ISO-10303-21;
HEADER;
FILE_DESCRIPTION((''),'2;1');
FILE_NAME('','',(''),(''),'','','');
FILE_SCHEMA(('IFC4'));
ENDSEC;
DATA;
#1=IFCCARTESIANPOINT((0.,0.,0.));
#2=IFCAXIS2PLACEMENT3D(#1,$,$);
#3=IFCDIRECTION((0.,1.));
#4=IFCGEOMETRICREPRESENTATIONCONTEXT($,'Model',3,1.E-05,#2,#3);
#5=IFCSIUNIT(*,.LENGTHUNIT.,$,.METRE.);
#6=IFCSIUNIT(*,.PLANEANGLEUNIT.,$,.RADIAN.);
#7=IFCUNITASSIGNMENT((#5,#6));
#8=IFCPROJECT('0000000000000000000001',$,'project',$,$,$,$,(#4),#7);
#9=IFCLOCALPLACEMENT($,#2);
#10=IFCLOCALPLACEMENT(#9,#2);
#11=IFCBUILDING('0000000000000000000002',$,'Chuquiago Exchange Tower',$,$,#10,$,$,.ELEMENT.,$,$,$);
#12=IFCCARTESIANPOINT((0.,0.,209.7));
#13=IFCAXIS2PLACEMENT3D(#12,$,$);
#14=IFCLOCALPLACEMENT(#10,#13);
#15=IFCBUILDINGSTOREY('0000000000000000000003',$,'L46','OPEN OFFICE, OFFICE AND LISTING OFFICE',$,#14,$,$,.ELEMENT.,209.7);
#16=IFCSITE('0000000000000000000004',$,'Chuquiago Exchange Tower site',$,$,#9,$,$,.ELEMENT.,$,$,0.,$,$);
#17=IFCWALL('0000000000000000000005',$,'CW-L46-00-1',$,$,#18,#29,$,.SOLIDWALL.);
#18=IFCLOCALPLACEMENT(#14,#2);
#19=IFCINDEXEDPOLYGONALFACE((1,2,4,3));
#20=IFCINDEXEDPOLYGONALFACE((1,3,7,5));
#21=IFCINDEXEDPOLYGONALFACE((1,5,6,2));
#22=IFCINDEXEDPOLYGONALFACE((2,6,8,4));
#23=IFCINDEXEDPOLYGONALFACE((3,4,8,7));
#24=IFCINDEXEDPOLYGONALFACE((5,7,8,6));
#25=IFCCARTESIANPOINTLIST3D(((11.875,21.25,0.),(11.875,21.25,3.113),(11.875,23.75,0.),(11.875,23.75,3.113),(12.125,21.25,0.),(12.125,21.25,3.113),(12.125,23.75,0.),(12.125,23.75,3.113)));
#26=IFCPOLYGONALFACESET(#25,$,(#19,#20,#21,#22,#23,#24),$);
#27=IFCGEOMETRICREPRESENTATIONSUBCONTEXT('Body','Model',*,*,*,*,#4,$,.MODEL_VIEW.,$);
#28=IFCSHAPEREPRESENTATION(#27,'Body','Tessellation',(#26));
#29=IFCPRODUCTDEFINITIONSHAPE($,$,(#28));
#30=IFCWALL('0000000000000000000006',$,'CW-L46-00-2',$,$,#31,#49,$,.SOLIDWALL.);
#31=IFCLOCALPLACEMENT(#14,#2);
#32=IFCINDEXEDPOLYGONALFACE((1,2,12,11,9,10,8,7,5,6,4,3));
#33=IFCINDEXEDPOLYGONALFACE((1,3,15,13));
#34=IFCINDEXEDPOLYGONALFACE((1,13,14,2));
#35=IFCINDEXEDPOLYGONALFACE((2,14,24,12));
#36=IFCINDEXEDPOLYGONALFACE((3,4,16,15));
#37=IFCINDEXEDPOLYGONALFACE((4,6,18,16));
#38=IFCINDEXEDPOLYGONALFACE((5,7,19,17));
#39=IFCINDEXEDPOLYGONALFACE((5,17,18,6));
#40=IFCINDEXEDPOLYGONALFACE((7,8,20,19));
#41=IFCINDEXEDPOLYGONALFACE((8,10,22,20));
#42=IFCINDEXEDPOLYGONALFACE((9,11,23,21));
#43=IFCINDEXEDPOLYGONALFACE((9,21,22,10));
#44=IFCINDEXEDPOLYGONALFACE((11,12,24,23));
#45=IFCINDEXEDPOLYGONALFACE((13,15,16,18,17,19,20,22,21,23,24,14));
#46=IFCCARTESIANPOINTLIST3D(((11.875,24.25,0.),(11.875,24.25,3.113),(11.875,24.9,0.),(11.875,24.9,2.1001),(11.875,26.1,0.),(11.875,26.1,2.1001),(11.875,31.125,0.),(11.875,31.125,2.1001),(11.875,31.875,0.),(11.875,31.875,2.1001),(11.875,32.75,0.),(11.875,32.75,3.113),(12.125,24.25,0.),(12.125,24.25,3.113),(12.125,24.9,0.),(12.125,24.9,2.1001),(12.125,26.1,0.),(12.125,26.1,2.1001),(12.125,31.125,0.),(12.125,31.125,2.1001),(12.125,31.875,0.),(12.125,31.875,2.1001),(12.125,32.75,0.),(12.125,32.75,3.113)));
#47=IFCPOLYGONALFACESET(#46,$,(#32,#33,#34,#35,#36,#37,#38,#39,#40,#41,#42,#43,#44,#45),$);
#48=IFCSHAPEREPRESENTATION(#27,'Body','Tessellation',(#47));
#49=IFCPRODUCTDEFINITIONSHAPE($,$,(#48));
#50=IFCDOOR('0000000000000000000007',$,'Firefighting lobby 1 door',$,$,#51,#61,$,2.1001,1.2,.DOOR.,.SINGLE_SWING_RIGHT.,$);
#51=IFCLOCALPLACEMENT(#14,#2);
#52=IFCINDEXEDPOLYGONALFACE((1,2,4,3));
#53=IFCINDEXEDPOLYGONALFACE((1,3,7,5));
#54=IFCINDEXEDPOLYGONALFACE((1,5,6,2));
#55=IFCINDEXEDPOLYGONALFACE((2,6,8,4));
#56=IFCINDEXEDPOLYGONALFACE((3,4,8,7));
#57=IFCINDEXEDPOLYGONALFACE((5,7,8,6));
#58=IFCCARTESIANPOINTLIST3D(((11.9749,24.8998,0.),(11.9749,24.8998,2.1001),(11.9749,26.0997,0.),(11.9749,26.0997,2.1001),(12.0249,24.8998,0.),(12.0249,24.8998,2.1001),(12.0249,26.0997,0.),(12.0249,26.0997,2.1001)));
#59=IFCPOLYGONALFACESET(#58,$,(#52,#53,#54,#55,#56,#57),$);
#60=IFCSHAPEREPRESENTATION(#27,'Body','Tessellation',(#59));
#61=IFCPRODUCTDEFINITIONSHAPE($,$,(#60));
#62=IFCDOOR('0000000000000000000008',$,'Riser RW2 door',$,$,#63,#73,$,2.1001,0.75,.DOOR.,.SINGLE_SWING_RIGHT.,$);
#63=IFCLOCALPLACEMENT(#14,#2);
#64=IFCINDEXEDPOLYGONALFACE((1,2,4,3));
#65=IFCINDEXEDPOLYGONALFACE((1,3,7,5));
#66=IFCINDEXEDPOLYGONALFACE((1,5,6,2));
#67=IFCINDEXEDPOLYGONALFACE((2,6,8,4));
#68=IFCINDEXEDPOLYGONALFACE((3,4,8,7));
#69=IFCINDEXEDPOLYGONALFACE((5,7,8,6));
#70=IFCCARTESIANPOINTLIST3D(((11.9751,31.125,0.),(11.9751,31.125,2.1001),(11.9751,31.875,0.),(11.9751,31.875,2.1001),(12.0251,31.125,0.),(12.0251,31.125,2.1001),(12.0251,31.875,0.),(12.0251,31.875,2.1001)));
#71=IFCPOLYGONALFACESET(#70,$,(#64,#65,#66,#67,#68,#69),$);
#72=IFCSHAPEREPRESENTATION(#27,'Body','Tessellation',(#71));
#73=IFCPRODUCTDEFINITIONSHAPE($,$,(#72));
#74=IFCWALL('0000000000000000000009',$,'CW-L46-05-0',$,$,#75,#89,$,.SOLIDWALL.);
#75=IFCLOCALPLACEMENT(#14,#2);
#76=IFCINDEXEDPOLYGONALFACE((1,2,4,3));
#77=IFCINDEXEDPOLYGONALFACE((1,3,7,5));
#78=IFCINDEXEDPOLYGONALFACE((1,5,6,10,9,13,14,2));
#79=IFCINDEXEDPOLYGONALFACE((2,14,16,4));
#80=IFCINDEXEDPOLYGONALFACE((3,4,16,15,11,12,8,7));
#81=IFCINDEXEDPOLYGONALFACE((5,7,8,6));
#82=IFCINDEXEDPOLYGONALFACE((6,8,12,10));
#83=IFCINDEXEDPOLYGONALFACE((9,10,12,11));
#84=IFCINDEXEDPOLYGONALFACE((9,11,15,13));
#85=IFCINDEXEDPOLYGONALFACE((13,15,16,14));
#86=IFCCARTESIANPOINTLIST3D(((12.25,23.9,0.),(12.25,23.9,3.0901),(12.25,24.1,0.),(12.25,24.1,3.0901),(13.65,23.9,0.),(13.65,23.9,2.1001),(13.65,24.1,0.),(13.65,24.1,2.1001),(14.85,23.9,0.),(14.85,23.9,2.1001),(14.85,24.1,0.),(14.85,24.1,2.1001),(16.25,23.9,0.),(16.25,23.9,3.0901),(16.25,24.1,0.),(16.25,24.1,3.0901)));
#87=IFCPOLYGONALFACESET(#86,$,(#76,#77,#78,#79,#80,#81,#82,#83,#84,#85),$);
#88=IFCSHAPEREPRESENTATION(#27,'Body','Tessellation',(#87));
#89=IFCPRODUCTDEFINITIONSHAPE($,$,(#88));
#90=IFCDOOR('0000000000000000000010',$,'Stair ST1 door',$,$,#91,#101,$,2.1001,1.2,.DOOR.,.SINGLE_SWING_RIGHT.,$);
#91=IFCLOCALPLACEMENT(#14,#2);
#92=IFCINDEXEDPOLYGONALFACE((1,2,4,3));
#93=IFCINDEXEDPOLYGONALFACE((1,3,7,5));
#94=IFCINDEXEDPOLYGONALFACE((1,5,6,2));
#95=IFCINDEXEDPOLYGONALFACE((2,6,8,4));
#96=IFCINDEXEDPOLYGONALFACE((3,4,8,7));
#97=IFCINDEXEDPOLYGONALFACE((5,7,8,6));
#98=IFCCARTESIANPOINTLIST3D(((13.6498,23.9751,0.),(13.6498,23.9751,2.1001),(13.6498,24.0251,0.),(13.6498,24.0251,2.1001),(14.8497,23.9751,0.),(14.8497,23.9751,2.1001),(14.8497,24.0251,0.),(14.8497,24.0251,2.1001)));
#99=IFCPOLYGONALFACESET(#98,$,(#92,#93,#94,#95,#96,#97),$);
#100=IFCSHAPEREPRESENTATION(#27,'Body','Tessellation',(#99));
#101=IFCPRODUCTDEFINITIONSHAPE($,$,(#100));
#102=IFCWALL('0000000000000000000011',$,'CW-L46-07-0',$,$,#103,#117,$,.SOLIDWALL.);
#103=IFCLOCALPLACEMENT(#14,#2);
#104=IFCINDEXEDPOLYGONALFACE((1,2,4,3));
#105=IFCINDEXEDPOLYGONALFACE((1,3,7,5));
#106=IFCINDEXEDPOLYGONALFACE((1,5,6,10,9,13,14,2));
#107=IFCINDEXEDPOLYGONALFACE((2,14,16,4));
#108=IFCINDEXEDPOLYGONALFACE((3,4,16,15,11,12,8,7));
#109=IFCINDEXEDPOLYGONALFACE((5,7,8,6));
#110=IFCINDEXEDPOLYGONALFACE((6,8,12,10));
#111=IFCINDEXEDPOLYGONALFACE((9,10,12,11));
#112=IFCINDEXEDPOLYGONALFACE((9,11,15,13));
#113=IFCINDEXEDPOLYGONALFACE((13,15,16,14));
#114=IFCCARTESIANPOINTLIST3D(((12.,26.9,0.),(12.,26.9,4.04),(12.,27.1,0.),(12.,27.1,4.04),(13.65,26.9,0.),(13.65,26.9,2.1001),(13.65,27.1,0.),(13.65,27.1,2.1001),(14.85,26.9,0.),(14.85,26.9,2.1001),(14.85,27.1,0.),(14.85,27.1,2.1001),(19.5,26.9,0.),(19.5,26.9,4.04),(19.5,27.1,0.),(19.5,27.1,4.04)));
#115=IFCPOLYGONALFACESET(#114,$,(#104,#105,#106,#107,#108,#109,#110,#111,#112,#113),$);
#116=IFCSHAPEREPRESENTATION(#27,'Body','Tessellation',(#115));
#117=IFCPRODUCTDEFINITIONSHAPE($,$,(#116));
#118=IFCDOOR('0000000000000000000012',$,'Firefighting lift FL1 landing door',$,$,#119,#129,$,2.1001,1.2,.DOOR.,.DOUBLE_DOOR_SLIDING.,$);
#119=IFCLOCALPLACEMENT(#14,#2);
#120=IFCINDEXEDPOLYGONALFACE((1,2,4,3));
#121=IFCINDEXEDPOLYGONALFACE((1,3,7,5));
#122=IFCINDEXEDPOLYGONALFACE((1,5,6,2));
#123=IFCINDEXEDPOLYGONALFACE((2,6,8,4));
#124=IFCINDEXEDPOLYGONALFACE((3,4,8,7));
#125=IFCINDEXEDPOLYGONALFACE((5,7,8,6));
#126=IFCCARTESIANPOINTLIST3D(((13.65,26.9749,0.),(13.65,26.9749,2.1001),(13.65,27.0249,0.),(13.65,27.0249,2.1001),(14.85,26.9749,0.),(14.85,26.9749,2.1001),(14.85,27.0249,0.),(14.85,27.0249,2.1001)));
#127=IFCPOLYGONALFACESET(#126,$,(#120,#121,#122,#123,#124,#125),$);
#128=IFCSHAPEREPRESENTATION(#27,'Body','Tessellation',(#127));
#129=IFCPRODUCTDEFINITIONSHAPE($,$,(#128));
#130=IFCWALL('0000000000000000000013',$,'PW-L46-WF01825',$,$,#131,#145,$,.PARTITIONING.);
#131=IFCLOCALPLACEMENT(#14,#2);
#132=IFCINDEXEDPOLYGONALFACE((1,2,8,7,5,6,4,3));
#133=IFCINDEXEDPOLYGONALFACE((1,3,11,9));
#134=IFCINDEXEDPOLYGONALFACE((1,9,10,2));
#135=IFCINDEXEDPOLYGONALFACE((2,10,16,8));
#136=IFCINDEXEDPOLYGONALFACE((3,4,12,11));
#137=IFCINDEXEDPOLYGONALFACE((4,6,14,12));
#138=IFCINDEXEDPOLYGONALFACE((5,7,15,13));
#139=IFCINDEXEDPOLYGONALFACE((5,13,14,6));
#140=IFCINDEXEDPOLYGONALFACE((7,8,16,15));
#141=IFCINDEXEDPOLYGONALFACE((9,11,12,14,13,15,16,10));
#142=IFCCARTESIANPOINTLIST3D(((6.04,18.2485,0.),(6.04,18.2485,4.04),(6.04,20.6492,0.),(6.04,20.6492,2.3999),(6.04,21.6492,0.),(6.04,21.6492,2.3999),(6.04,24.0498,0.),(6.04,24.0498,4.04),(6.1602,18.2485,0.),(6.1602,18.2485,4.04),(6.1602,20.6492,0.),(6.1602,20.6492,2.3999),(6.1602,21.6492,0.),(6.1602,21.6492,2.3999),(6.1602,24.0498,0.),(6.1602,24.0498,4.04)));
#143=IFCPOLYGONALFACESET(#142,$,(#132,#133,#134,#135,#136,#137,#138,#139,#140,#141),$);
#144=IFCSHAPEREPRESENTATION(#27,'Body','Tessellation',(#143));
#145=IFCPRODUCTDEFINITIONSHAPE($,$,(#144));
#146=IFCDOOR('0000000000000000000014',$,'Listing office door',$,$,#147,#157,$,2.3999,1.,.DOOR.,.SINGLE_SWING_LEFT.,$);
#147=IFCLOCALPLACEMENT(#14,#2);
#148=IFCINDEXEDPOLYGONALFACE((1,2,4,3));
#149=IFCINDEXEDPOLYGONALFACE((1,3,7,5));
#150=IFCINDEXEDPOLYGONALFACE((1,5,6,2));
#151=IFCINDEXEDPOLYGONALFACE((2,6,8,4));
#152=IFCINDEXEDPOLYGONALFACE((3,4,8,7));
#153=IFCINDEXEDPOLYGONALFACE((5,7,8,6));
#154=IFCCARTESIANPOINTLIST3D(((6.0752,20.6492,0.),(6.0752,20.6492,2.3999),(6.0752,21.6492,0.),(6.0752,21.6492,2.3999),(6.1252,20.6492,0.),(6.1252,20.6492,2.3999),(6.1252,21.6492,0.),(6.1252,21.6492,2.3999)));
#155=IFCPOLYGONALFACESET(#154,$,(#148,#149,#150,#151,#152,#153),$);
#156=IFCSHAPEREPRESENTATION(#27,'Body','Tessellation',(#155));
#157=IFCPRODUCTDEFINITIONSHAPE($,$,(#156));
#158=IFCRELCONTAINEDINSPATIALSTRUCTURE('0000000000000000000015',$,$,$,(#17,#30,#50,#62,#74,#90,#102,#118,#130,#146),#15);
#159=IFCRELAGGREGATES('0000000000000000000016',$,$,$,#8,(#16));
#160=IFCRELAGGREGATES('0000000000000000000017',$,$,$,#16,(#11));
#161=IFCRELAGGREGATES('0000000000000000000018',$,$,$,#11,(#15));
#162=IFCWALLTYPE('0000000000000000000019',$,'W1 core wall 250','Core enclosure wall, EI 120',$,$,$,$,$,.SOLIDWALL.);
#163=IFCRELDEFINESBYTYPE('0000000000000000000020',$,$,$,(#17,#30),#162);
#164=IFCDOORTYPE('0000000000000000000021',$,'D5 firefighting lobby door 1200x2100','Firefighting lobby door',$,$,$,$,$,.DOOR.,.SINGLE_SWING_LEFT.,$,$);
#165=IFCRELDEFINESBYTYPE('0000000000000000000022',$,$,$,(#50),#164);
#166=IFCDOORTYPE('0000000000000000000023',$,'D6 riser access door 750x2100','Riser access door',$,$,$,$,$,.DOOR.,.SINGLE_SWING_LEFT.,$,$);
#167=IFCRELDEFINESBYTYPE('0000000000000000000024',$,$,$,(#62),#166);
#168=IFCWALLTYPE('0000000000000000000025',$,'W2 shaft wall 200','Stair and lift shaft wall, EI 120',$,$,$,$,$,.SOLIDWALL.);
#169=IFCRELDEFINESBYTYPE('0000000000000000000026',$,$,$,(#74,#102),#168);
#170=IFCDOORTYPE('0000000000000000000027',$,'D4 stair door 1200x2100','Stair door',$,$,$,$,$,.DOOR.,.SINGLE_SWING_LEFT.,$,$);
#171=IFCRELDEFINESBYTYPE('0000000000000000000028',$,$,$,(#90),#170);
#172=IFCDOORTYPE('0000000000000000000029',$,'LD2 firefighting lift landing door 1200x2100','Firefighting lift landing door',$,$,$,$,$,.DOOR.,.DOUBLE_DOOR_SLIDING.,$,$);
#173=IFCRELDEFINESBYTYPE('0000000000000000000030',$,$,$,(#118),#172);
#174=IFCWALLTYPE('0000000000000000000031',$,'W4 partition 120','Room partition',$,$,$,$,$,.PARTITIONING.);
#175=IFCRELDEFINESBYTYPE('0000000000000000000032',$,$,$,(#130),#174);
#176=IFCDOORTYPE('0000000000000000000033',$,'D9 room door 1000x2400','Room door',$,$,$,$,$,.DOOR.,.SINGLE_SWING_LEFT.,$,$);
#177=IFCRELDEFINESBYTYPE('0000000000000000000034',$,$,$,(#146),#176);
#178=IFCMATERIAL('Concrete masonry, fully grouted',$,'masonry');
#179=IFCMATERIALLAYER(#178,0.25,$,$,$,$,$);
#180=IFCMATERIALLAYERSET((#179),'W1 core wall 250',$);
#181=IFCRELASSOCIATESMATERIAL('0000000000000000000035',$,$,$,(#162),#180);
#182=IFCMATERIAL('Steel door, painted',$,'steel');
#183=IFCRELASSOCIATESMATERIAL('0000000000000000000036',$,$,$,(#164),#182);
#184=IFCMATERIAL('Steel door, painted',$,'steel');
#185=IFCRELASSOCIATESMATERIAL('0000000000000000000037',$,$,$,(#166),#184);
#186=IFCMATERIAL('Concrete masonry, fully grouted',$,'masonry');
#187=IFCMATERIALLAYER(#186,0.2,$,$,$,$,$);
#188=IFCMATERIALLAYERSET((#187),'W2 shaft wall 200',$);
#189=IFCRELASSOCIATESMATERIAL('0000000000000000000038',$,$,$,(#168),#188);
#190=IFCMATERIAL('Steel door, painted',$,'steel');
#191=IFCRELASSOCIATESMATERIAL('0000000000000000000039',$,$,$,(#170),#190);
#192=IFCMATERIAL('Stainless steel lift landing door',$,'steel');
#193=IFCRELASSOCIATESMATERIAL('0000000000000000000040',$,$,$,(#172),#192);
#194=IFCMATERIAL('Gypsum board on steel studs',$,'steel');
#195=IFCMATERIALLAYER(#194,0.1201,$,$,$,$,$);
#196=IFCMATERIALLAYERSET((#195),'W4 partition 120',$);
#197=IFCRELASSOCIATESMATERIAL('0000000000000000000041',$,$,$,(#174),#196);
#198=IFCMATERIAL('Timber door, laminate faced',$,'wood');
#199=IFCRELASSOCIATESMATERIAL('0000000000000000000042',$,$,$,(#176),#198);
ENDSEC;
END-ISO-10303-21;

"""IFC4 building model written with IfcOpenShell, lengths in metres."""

from ifc_helpers import new_model, si_unit, direction, frame, frame_2d, origin, place, context, subcontext, project, spatial, rectangle, extrude, material, layer, layer_set, type_object, element, fill, save


model = new_model("IFC4")

# Units and contexts
model_context = context("Model", 3, precision=1e-05, world=origin(), true_north=direction((0.0, 1.0)))
body_context = subcontext(model_context, "Body", "Model", "MODEL_VIEW")
ifc_project = project(units=[si_unit("LENGTHUNIT", "METRE"), si_unit("PLANEANGLEUNIT", "RADIAN")], contexts=[model_context])

# Site, building, storey
site_placement = place(None, origin())
site = spatial("IfcSite", under=ifc_project, at=site_placement, Name="Chuquiago Exchange Tower site", CompositionType="ELEMENT", RefElevation=0.0)
building_placement = place(site_placement, origin())
building = spatial("IfcBuilding", under=site, at=building_placement, Name="Chuquiago Exchange Tower", CompositionType="ELEMENT")
storey_placement = place(building_placement, frame((0.0, 0.0, 209.7)))
storey = spatial("IfcBuildingStorey", under=building, at=storey_placement, Name="L46", Description="OPEN OFFICE, OFFICE AND LISTING OFFICE", CompositionType="ELEMENT", Elevation=209.7)

# Wall
ifc_material_1 = material(Name="Concrete masonry, fully grouted", Category="masonry")
ifc_layer_1 = layer(ifc_material_1, 0.25)
ifc_layer_set_1 = layer_set([ifc_layer_1], Name="W1 core wall 250")
wall_type_1 = type_object("IfcWallType", Name="W1 core wall 250", Description="Core enclosure wall, EI 120", PredefinedType="SOLIDWALL", material=ifc_layer_set_1)
wall_1_placement = place(storey_placement, frame((12.0, 21.25, 0.0), z_axis=(0.0, 0.0, 1.0), x_axis=(0.0, 1.0, 0.0)))
element("IfcWall", 1, at=wall_1_placement, inside=storey, type_object=wall_type_1, Name="CW-L46-00-1", PredefinedType="SOLIDWALL", context=body_context, shape_type="SweptSolid", body=[
    extrude(rectangle(XDim=2.5, YDim=0.25, at=frame_2d((1.25, 0.0))), origin(), (0.0, 0.0, 1.0), 3.113),
])

# Wall, openings, doors
wall_2_placement = place(storey_placement, frame((12.0, 24.25, 0.0), z_axis=(0.0, 0.0, 1.0), x_axis=(0.0, 1.0, 0.0)))
wall_2 = element("IfcWall", 2, at=wall_2_placement, inside=storey, type_object=wall_type_1, Name="CW-L46-00-2", PredefinedType="SOLIDWALL", context=body_context, shape_type="SweptSolid", body=[
    extrude(rectangle(XDim=8.5, YDim=0.25, at=frame_2d((4.25, 0.0))), origin(), (0.0, 0.0, 1.0), 3.113),
])
opening_1_placement = place(wall_2_placement, frame((0.6499, 0.0, 0.0)))
opening_1 = element("IfcOpeningElement", 3, at=opening_1_placement, cuts=wall_2, PredefinedType="OPENING", context=body_context, shape_type="SweptSolid", body=[
    extrude(rectangle(XDim=1.2, YDim=2.1001, at=frame_2d((0.6001, 1.05))), frame((0.0, 0.135, 0.0), z_axis=(0.0, -1.0, 0.0), x_axis=(1.0, 0.0, 0.0)), (0.0, 0.0, 1.0), 0.27),
])
opening_2_placement = place(wall_2_placement, frame((6.875, 0.0, 0.0)))
opening_2 = element("IfcOpeningElement", 4, at=opening_2_placement, cuts=wall_2, PredefinedType="OPENING", context=body_context, shape_type="SweptSolid", body=[
    extrude(rectangle(XDim=0.75, YDim=2.1001, at=frame_2d((0.375, 1.05))), frame((0.0, 0.135, 0.0), z_axis=(0.0, -1.0, 0.0), x_axis=(1.0, 0.0, 0.0)), (0.0, 0.0, 1.0), 0.27),
])
ifc_material_2 = material(Name="Steel door, painted", Category="steel")
door_type_1 = type_object("IfcDoorType", Name="D5 firefighting lobby door 1200x2100", Description="Firefighting lobby door", OperationType="SINGLE_SWING_LEFT", PredefinedType="DOOR", material=ifc_material_2)
door_1_placement = place(opening_1_placement, frame((1.2, 0.0, 0.0), z_axis=(0.0, 0.0, 1.0), x_axis=(-1.0, 0.0, 0.0)))
door_1 = element("IfcDoor", 5, at=door_1_placement, inside=storey, type_object=door_type_1, Name="Firefighting lobby 1 door", OperationType="SINGLE_SWING_RIGHT", OverallHeight=2.1001, OverallWidth=1.2, PredefinedType="DOOR", context=body_context, shape_type="SweptSolid", body=[
    extrude(rectangle(XDim=1.2, YDim=2.1001, at=frame_2d((0.6001, 1.05))), frame((0.0, 0.0249, 0.0), z_axis=(0.0, -1.0, 0.0), x_axis=(1.0, 0.0, 0.0)), (0.0, 0.0, 1.0), 0.05),
])
fill(opening_1, door_1)
ifc_material_3 = material(Name="Steel door, painted", Category="steel")
door_type_2 = type_object("IfcDoorType", Name="D6 riser access door 750x2100", Description="Riser access door", OperationType="SINGLE_SWING_LEFT", PredefinedType="DOOR", material=ifc_material_3)
door_2_placement = place(opening_2_placement, origin())
door_2 = element("IfcDoor", 6, at=door_2_placement, inside=storey, type_object=door_type_2, Name="Riser RW2 door", OperationType="SINGLE_SWING_RIGHT", OverallHeight=2.1001, OverallWidth=0.75, PredefinedType="DOOR", context=body_context, shape_type="SweptSolid", body=[
    extrude(rectangle(XDim=0.75, YDim=2.1001, at=frame_2d((0.375, 1.05))), frame((0.0, 0.0249, 0.0), z_axis=(0.0, -1.0, 0.0), x_axis=(1.0, 0.0, 0.0)), (0.0, 0.0, 1.0), 0.05),
])
fill(opening_2, door_2)

# Walls, openings, doors
ifc_material_4 = material(Name="Concrete masonry, fully grouted", Category="masonry")
ifc_layer_2 = layer(ifc_material_4, 0.2)
ifc_layer_set_2 = layer_set([ifc_layer_2], Name="W2 shaft wall 200")
wall_type_2 = type_object("IfcWallType", Name="W2 shaft wall 200", Description="Stair and lift shaft wall, EI 120", PredefinedType="SOLIDWALL", material=ifc_layer_set_2)
wall_3_placement = place(storey_placement, frame((12.25, 24.0, 0.0), z_axis=(0.0, 0.0, 1.0), x_axis=(1.0, 0.0, 0.0)))
wall_3 = element("IfcWall", 7, at=wall_3_placement, inside=storey, type_object=wall_type_2, Name="CW-L46-05-0", PredefinedType="SOLIDWALL", context=body_context, shape_type="SweptSolid", body=[
    extrude(rectangle(XDim=4.0, YDim=0.2, at=frame_2d((2.0, 0.0))), origin(), (0.0, 0.0, 1.0), 3.0901),
])
opening_3_placement = place(wall_3_placement, frame((1.3999, 0.0, 0.0)))
opening_3 = element("IfcOpeningElement", 8, at=opening_3_placement, cuts=wall_3, PredefinedType="OPENING", context=body_context, shape_type="SweptSolid", body=[
    extrude(rectangle(XDim=1.2, YDim=2.1001, at=frame_2d((0.6001, 1.05))), frame((0.0, 0.1099, 0.0), z_axis=(0.0, -1.0, 0.0), x_axis=(1.0, 0.0, 0.0)), (0.0, 0.0, 1.0), 0.22),
])
ifc_material_5 = material(Name="Steel door, painted", Category="steel")
door_type_3 = type_object("IfcDoorType", Name="D4 stair door 1200x2100", Description="Stair door", OperationType="SINGLE_SWING_LEFT", PredefinedType="DOOR", material=ifc_material_5)
door_3_placement = place(opening_3_placement, frame((1.2, 0.0, 0.0), z_axis=(0.0, 0.0, 1.0), x_axis=(-1.0, 0.0, 0.0)))
door_3 = element("IfcDoor", 9, at=door_3_placement, inside=storey, type_object=door_type_3, Name="Stair ST1 door", OperationType="SINGLE_SWING_RIGHT", OverallHeight=2.1001, OverallWidth=1.2, PredefinedType="DOOR", context=body_context, shape_type="SweptSolid", body=[
    extrude(rectangle(XDim=1.2, YDim=2.1001, at=frame_2d((0.6001, 1.05))), frame((0.0, 0.0249, 0.0), z_axis=(0.0, -1.0, 0.0), x_axis=(1.0, 0.0, 0.0)), (0.0, 0.0, 1.0), 0.05),
])
fill(opening_3, door_3)
wall_4_placement = place(storey_placement, frame((12.0, 27.0, 0.0), z_axis=(0.0, 0.0, 1.0), x_axis=(1.0, 0.0, 0.0)))
wall_4 = element("IfcWall", 10, at=wall_4_placement, inside=storey, type_object=wall_type_2, Name="CW-L46-07-0", PredefinedType="SOLIDWALL", context=body_context, shape_type="SweptSolid", body=[
    extrude(rectangle(XDim=7.5, YDim=0.2, at=frame_2d((3.75, 0.0))), origin(), (0.0, 0.0, 1.0), 4.04),
])
opening_4_placement = place(wall_4_placement, frame((1.6499, 0.0, 0.0)))
opening_4 = element("IfcOpeningElement", 11, at=opening_4_placement, cuts=wall_4, PredefinedType="OPENING", context=body_context, shape_type="SweptSolid", body=[
    extrude(rectangle(XDim=1.2, YDim=2.1001, at=frame_2d((0.6001, 1.05))), frame((0.0, 0.1099, 0.0), z_axis=(0.0, -1.0, 0.0), x_axis=(1.0, 0.0, 0.0)), (0.0, 0.0, 1.0), 0.22),
])
ifc_material_6 = material(Name="Stainless steel lift landing door", Category="steel")
door_type_4 = type_object("IfcDoorType", Name="LD2 firefighting lift landing door 1200x2100", Description="Firefighting lift landing door", OperationType="DOUBLE_DOOR_SLIDING", PredefinedType="DOOR", material=ifc_material_6)
door_4_placement = place(opening_4_placement, origin())
door_4 = element("IfcDoor", 12, at=door_4_placement, inside=storey, type_object=door_type_4, Name="Firefighting lift FL1 landing door", OperationType="DOUBLE_DOOR_SLIDING", OverallHeight=2.1001, OverallWidth=1.2, PredefinedType="DOOR", context=body_context, shape_type="SweptSolid", body=[
    extrude(rectangle(XDim=1.2, YDim=2.1001, at=frame_2d((0.6001, 1.05))), frame((0.0, 0.0249, 0.0), z_axis=(0.0, -1.0, 0.0), x_axis=(1.0, 0.0, 0.0)), (0.0, 0.0, 1.0), 0.05),
])
fill(opening_4, door_4)
ifc_material_7 = material(Name="Gypsum board on steel studs", Category="steel")
ifc_layer_3 = layer(ifc_material_7, 0.1201)
ifc_layer_set_3 = layer_set([ifc_layer_3], Name="W4 partition 120")
wall_type_3 = type_object("IfcWallType", Name="W4 partition 120", Description="Room partition", PredefinedType="PARTITIONING", material=ifc_layer_set_3)
wall_5_placement = place(storey_placement, frame((6.1001, 18.2485, 0.0), z_axis=(0.0, 0.0, 1.0), x_axis=(0.0, 1.0, 0.0)))
wall_5 = element("IfcWall", 13, at=wall_5_placement, inside=storey, type_object=wall_type_3, Name="PW-L46-WF01825", PredefinedType="PARTITIONING", context=body_context, shape_type="SweptSolid", body=[
    extrude(rectangle(XDim=5.8013, YDim=0.1201, at=frame_2d((2.9006, 0.0))), origin(), (0.0, 0.0, 1.0), 4.04),
])
opening_5_placement = place(wall_5_placement, frame((2.4006, 0.0, 0.0)))
opening_5 = element("IfcOpeningElement", 14, at=opening_5_placement, cuts=wall_5, PredefinedType="OPENING", context=body_context, shape_type="SweptSolid", body=[
    extrude(rectangle(XDim=1.0, YDim=2.3999, at=frame_2d((0.5, 1.2))), frame((0.0, 0.0701, 0.0), z_axis=(0.0, -1.0, 0.0), x_axis=(1.0, 0.0, 0.0)), (0.0, 0.0, 1.0), 0.1401),
])
ifc_material_8 = material(Name="Timber door, laminate faced", Category="wood")
door_type_5 = type_object("IfcDoorType", Name="D9 room door 1000x2400", Description="Room door", OperationType="SINGLE_SWING_LEFT", PredefinedType="DOOR", material=ifc_material_8)
door_5_placement = place(opening_5_placement, origin())
door_5 = element("IfcDoor", 15, at=door_5_placement, inside=storey, type_object=door_type_5, Name="Listing office door", OperationType="SINGLE_SWING_LEFT", OverallHeight=2.3999, OverallWidth=1.0, PredefinedType="DOOR", context=body_context, shape_type="SweptSolid", body=[
    extrude(rectangle(XDim=1.0, YDim=2.3999, at=frame_2d((0.5, 1.2))), frame((0.0, 0.0249, 0.0), z_axis=(0.0, -1.0, 0.0), x_axis=(1.0, 0.0, 0.0)), (0.0, 0.0, 1.0), 0.05),
])
fill(opening_5, door_5)

save(model, "model.ifc")
